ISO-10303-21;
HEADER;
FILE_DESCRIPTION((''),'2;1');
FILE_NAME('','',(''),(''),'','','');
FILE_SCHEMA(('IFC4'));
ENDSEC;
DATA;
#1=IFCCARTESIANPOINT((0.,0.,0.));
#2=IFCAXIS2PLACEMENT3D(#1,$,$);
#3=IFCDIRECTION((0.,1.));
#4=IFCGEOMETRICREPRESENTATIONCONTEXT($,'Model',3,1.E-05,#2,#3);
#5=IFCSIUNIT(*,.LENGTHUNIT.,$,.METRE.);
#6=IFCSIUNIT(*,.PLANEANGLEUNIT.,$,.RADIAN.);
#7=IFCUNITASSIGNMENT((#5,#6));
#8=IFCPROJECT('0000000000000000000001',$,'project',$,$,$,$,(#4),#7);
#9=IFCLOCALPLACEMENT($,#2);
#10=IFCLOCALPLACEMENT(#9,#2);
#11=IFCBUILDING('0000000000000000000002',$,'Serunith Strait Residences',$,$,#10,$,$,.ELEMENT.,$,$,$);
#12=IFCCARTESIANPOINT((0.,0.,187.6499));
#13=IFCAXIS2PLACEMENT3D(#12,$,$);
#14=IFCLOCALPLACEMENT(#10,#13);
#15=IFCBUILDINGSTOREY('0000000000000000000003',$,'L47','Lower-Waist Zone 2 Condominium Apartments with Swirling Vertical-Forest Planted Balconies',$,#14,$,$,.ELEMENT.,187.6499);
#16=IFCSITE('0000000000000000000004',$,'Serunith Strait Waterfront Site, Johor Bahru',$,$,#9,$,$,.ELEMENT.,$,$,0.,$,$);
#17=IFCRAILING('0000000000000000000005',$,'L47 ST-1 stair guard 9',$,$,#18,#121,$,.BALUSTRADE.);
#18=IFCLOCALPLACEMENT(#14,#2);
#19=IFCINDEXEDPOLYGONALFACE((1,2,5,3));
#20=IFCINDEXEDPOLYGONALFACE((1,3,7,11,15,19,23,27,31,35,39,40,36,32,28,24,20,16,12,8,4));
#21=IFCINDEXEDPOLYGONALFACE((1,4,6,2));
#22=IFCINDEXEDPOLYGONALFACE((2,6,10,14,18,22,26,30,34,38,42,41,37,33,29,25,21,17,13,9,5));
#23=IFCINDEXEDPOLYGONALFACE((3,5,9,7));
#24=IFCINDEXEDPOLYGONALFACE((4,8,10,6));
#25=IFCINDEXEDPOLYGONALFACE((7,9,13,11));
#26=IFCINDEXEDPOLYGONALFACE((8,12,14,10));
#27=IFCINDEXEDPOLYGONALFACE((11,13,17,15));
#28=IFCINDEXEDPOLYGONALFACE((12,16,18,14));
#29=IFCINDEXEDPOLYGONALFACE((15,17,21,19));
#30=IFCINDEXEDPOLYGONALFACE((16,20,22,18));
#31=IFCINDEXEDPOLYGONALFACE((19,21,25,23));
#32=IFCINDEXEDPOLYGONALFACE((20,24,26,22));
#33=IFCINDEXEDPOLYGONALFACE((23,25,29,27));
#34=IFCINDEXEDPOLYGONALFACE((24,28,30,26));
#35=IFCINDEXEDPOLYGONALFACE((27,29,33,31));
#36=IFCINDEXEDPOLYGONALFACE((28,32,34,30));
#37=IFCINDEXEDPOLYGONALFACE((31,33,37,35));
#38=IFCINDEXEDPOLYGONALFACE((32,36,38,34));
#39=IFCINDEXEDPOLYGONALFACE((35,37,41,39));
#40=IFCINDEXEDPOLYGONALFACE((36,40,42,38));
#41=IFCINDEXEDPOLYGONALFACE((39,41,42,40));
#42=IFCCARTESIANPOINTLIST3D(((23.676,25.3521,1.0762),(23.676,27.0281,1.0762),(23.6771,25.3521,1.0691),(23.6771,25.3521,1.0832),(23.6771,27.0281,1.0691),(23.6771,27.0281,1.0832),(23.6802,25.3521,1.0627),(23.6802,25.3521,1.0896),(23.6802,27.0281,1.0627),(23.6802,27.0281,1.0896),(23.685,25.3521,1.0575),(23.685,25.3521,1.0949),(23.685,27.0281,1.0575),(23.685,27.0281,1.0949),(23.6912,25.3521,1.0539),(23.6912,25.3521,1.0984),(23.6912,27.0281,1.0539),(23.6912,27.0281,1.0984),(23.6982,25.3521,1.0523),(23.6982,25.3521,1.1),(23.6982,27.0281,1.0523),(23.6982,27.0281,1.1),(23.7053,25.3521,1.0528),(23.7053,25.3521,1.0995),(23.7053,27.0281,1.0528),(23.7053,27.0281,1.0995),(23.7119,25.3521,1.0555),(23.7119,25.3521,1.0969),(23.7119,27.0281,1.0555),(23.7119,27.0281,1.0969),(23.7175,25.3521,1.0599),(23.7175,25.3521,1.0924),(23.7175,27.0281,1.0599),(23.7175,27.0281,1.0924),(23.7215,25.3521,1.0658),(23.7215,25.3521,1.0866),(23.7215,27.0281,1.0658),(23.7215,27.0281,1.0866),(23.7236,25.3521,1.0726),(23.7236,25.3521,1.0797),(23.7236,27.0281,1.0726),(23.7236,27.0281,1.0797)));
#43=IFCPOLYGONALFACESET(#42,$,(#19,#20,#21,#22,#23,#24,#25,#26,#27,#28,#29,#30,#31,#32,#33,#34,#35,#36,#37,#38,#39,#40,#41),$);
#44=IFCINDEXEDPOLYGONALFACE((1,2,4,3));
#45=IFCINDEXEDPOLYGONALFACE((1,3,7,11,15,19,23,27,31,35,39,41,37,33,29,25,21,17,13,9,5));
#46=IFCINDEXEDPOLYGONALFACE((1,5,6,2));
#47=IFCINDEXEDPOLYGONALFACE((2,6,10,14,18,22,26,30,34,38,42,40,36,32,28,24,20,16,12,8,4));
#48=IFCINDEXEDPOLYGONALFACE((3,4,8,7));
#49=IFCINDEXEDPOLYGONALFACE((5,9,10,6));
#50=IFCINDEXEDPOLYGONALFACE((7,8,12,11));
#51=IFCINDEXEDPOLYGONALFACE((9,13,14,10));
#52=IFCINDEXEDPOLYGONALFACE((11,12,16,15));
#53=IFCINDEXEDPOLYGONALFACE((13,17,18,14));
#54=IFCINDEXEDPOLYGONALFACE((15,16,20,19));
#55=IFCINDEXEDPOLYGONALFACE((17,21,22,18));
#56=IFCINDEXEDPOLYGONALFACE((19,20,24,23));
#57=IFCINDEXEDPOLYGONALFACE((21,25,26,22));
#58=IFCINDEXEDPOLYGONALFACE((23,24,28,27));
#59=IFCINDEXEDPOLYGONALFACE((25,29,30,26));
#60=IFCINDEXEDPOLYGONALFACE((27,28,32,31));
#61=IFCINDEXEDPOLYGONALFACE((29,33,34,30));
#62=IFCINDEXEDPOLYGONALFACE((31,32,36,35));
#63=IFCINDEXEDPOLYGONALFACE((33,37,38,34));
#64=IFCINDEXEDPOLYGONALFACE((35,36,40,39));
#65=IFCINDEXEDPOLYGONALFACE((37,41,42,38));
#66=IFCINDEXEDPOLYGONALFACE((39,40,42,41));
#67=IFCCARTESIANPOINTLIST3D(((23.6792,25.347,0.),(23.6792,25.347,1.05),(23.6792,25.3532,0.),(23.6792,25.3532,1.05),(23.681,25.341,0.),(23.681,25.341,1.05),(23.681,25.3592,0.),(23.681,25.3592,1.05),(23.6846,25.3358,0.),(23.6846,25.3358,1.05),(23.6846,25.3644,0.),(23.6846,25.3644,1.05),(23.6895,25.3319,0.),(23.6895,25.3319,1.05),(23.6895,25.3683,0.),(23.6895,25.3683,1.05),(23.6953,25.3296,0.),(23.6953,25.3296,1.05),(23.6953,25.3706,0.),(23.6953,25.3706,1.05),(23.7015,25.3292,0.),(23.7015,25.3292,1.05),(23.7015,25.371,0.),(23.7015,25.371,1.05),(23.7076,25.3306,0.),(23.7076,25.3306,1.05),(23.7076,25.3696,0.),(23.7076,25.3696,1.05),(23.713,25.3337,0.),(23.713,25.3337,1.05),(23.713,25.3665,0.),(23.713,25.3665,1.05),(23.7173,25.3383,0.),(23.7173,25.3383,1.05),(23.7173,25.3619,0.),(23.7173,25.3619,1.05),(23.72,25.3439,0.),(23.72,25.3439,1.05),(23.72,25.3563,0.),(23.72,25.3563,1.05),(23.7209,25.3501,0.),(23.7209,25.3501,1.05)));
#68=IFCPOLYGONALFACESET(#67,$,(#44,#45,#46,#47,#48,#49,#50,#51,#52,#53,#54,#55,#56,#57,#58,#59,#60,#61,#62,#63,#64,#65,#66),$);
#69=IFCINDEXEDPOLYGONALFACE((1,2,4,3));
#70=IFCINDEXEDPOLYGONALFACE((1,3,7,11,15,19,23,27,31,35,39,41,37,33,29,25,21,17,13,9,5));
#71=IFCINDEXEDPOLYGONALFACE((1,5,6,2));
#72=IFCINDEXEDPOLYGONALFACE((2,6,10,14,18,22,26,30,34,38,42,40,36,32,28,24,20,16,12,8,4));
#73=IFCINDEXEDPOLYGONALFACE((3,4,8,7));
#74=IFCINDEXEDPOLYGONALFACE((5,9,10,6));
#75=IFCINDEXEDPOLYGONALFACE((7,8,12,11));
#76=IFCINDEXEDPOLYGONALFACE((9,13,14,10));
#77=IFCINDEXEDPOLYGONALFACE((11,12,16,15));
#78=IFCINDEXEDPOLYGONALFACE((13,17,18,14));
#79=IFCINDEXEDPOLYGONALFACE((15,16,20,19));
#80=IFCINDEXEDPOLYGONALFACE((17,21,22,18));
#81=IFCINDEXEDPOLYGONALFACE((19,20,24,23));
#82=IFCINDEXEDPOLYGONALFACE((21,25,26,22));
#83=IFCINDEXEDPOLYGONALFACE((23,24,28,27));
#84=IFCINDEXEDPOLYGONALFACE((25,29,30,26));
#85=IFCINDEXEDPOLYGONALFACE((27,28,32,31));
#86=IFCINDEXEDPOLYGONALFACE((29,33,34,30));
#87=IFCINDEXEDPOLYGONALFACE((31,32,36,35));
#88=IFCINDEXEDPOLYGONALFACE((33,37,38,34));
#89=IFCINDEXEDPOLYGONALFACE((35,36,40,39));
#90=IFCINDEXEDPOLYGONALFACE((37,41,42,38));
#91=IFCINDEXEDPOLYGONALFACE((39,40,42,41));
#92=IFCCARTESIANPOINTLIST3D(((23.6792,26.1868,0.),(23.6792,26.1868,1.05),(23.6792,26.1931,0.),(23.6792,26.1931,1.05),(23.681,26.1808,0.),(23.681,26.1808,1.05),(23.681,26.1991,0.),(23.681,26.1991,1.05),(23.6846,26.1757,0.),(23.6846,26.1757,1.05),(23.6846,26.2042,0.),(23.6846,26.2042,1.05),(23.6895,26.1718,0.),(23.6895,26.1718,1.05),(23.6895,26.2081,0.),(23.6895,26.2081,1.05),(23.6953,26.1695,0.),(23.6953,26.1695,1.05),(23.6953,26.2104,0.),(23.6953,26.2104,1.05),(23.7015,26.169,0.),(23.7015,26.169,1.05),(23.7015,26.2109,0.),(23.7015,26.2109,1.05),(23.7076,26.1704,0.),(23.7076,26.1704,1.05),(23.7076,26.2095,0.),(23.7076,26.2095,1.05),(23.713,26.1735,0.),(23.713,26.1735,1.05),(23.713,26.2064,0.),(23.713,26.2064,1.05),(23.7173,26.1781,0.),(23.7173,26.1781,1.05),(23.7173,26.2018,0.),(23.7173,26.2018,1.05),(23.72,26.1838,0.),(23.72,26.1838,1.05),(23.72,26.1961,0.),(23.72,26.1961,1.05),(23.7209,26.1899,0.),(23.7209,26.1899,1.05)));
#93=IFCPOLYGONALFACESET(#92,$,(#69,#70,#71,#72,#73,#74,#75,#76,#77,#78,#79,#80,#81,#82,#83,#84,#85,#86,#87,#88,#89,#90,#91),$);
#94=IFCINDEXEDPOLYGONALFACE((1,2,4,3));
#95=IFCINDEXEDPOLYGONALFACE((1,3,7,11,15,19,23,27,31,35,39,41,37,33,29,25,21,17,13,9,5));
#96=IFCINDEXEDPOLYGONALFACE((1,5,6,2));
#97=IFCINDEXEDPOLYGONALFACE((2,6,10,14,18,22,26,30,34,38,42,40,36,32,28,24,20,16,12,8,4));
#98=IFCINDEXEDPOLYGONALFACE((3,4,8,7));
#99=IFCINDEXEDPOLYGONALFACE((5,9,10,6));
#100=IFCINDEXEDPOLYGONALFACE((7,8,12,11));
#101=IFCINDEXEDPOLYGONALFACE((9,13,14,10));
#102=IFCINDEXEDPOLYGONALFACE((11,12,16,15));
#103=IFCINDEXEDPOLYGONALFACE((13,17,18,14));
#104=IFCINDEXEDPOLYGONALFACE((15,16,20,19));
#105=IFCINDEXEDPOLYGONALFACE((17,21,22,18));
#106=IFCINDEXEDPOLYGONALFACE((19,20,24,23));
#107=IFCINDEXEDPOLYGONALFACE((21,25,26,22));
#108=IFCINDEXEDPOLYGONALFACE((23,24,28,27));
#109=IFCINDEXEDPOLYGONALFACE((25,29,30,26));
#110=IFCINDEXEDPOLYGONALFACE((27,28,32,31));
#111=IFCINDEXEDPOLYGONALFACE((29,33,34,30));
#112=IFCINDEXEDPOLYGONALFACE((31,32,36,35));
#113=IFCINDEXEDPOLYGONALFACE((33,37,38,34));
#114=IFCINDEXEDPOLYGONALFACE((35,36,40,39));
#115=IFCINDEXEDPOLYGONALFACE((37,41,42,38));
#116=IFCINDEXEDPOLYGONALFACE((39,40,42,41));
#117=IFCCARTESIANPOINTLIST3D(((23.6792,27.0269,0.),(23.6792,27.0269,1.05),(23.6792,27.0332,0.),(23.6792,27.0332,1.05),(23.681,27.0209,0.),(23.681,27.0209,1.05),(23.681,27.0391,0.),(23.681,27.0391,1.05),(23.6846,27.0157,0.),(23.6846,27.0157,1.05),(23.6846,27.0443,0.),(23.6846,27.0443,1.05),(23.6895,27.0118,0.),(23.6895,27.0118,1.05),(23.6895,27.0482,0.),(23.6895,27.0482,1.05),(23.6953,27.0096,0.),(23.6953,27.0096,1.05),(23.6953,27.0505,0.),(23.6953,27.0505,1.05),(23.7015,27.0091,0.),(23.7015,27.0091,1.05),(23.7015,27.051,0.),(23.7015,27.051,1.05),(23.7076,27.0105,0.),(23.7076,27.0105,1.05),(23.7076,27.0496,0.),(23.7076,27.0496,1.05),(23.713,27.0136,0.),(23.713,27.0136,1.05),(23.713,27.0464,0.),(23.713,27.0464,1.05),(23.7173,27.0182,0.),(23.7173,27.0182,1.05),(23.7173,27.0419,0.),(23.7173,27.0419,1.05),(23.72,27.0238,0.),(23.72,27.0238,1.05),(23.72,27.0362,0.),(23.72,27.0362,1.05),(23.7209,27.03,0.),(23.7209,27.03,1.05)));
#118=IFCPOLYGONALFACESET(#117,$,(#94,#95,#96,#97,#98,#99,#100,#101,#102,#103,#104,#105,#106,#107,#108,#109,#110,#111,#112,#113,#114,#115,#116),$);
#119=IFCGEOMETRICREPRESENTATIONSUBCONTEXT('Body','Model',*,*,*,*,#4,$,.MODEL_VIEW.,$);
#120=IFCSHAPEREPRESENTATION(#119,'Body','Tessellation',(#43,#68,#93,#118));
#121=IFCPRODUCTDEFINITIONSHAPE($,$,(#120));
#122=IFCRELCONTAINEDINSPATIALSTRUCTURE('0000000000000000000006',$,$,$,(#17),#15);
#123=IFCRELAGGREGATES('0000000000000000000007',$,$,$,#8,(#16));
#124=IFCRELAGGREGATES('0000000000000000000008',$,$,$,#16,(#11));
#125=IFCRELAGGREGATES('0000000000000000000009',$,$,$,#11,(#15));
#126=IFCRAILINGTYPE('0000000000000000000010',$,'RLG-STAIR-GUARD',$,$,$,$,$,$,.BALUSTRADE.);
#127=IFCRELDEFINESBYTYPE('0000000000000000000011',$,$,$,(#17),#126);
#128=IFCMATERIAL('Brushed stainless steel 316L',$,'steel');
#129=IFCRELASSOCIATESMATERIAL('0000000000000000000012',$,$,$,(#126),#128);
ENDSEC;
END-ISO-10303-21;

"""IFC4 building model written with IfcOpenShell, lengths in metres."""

from ifc_helpers import new_model, si_unit, direction, frame, origin, origin_2d, place, context, subcontext, project, spatial, circle, extrude, material, type_object, element, save


model = new_model("IFC4")

# Units and contexts
model_context = context("Model", 3, precision=1e-05, world=origin(), true_north=direction((0.0, 1.0)))
body_context = subcontext(model_context, "Body", "Model", "MODEL_VIEW")
ifc_project = project(units=[si_unit("LENGTHUNIT", "METRE"), si_unit("PLANEANGLEUNIT", "RADIAN")], contexts=[model_context])

# Site, building, storey
site_placement = place(None, origin())
site = spatial("IfcSite", under=ifc_project, at=site_placement, Name="Serunith Strait Waterfront Site, Johor Bahru", CompositionType="ELEMENT", RefElevation=0.0)
building_placement = place(site_placement, origin())
building = spatial("IfcBuilding", under=site, at=building_placement, Name="Serunith Strait Residences", CompositionType="ELEMENT")
storey_placement = place(building_placement, frame((0.0, 0.0, 187.6499)))
storey = spatial("IfcBuildingStorey", under=building, at=storey_placement, Name="L47", Description="Lower-Waist Zone 2 Condominium Apartments with Swirling Vertical-Forest Planted Balconies", CompositionType="ELEMENT", Elevation=187.6499)

# Railing
ifc_material_1 = material(Name="Brushed stainless steel 316L", Category="steel")
railing_type_1 = type_object("IfcRailingType", Name="RLG-STAIR-GUARD", PredefinedType="BALUSTRADE", material=ifc_material_1)
for number, where, name in (
    (1, (23.7, 25.3501, 0.0), "L47 ST-1 stair guard 9"),
):
    element("IfcRailing", number, at=place(storey_placement, frame(where)), inside=storey, type_object=railing_type_1, Name=name, PredefinedType="BALUSTRADE", context=body_context, shape_type="SweptSolid", body=[
        extrude(circle(Radius=0.0239, at=origin_2d()), frame((0.0, 0.002, 1.0762), z_axis=(0.0, 1.0, 0.0), x_axis=(-1.0, 0.0, 0.0)), (0.0, 0.0, 1.0), 1.676),
        extrude(circle(Radius=0.021, at=origin_2d()), origin(), (0.0, 0.0, 1.0), 1.05),
        extrude(circle(Radius=0.021, at=origin_2d()), frame((0.0, 0.8398, 0.0)), (0.0, 0.0, 1.0), 1.05),
        extrude(circle(Radius=0.021, at=origin_2d()), frame((0.0, 1.6799, 0.0)), (0.0, 0.0, 1.0), 1.05),
    ])

save(model, "model.ifc")
